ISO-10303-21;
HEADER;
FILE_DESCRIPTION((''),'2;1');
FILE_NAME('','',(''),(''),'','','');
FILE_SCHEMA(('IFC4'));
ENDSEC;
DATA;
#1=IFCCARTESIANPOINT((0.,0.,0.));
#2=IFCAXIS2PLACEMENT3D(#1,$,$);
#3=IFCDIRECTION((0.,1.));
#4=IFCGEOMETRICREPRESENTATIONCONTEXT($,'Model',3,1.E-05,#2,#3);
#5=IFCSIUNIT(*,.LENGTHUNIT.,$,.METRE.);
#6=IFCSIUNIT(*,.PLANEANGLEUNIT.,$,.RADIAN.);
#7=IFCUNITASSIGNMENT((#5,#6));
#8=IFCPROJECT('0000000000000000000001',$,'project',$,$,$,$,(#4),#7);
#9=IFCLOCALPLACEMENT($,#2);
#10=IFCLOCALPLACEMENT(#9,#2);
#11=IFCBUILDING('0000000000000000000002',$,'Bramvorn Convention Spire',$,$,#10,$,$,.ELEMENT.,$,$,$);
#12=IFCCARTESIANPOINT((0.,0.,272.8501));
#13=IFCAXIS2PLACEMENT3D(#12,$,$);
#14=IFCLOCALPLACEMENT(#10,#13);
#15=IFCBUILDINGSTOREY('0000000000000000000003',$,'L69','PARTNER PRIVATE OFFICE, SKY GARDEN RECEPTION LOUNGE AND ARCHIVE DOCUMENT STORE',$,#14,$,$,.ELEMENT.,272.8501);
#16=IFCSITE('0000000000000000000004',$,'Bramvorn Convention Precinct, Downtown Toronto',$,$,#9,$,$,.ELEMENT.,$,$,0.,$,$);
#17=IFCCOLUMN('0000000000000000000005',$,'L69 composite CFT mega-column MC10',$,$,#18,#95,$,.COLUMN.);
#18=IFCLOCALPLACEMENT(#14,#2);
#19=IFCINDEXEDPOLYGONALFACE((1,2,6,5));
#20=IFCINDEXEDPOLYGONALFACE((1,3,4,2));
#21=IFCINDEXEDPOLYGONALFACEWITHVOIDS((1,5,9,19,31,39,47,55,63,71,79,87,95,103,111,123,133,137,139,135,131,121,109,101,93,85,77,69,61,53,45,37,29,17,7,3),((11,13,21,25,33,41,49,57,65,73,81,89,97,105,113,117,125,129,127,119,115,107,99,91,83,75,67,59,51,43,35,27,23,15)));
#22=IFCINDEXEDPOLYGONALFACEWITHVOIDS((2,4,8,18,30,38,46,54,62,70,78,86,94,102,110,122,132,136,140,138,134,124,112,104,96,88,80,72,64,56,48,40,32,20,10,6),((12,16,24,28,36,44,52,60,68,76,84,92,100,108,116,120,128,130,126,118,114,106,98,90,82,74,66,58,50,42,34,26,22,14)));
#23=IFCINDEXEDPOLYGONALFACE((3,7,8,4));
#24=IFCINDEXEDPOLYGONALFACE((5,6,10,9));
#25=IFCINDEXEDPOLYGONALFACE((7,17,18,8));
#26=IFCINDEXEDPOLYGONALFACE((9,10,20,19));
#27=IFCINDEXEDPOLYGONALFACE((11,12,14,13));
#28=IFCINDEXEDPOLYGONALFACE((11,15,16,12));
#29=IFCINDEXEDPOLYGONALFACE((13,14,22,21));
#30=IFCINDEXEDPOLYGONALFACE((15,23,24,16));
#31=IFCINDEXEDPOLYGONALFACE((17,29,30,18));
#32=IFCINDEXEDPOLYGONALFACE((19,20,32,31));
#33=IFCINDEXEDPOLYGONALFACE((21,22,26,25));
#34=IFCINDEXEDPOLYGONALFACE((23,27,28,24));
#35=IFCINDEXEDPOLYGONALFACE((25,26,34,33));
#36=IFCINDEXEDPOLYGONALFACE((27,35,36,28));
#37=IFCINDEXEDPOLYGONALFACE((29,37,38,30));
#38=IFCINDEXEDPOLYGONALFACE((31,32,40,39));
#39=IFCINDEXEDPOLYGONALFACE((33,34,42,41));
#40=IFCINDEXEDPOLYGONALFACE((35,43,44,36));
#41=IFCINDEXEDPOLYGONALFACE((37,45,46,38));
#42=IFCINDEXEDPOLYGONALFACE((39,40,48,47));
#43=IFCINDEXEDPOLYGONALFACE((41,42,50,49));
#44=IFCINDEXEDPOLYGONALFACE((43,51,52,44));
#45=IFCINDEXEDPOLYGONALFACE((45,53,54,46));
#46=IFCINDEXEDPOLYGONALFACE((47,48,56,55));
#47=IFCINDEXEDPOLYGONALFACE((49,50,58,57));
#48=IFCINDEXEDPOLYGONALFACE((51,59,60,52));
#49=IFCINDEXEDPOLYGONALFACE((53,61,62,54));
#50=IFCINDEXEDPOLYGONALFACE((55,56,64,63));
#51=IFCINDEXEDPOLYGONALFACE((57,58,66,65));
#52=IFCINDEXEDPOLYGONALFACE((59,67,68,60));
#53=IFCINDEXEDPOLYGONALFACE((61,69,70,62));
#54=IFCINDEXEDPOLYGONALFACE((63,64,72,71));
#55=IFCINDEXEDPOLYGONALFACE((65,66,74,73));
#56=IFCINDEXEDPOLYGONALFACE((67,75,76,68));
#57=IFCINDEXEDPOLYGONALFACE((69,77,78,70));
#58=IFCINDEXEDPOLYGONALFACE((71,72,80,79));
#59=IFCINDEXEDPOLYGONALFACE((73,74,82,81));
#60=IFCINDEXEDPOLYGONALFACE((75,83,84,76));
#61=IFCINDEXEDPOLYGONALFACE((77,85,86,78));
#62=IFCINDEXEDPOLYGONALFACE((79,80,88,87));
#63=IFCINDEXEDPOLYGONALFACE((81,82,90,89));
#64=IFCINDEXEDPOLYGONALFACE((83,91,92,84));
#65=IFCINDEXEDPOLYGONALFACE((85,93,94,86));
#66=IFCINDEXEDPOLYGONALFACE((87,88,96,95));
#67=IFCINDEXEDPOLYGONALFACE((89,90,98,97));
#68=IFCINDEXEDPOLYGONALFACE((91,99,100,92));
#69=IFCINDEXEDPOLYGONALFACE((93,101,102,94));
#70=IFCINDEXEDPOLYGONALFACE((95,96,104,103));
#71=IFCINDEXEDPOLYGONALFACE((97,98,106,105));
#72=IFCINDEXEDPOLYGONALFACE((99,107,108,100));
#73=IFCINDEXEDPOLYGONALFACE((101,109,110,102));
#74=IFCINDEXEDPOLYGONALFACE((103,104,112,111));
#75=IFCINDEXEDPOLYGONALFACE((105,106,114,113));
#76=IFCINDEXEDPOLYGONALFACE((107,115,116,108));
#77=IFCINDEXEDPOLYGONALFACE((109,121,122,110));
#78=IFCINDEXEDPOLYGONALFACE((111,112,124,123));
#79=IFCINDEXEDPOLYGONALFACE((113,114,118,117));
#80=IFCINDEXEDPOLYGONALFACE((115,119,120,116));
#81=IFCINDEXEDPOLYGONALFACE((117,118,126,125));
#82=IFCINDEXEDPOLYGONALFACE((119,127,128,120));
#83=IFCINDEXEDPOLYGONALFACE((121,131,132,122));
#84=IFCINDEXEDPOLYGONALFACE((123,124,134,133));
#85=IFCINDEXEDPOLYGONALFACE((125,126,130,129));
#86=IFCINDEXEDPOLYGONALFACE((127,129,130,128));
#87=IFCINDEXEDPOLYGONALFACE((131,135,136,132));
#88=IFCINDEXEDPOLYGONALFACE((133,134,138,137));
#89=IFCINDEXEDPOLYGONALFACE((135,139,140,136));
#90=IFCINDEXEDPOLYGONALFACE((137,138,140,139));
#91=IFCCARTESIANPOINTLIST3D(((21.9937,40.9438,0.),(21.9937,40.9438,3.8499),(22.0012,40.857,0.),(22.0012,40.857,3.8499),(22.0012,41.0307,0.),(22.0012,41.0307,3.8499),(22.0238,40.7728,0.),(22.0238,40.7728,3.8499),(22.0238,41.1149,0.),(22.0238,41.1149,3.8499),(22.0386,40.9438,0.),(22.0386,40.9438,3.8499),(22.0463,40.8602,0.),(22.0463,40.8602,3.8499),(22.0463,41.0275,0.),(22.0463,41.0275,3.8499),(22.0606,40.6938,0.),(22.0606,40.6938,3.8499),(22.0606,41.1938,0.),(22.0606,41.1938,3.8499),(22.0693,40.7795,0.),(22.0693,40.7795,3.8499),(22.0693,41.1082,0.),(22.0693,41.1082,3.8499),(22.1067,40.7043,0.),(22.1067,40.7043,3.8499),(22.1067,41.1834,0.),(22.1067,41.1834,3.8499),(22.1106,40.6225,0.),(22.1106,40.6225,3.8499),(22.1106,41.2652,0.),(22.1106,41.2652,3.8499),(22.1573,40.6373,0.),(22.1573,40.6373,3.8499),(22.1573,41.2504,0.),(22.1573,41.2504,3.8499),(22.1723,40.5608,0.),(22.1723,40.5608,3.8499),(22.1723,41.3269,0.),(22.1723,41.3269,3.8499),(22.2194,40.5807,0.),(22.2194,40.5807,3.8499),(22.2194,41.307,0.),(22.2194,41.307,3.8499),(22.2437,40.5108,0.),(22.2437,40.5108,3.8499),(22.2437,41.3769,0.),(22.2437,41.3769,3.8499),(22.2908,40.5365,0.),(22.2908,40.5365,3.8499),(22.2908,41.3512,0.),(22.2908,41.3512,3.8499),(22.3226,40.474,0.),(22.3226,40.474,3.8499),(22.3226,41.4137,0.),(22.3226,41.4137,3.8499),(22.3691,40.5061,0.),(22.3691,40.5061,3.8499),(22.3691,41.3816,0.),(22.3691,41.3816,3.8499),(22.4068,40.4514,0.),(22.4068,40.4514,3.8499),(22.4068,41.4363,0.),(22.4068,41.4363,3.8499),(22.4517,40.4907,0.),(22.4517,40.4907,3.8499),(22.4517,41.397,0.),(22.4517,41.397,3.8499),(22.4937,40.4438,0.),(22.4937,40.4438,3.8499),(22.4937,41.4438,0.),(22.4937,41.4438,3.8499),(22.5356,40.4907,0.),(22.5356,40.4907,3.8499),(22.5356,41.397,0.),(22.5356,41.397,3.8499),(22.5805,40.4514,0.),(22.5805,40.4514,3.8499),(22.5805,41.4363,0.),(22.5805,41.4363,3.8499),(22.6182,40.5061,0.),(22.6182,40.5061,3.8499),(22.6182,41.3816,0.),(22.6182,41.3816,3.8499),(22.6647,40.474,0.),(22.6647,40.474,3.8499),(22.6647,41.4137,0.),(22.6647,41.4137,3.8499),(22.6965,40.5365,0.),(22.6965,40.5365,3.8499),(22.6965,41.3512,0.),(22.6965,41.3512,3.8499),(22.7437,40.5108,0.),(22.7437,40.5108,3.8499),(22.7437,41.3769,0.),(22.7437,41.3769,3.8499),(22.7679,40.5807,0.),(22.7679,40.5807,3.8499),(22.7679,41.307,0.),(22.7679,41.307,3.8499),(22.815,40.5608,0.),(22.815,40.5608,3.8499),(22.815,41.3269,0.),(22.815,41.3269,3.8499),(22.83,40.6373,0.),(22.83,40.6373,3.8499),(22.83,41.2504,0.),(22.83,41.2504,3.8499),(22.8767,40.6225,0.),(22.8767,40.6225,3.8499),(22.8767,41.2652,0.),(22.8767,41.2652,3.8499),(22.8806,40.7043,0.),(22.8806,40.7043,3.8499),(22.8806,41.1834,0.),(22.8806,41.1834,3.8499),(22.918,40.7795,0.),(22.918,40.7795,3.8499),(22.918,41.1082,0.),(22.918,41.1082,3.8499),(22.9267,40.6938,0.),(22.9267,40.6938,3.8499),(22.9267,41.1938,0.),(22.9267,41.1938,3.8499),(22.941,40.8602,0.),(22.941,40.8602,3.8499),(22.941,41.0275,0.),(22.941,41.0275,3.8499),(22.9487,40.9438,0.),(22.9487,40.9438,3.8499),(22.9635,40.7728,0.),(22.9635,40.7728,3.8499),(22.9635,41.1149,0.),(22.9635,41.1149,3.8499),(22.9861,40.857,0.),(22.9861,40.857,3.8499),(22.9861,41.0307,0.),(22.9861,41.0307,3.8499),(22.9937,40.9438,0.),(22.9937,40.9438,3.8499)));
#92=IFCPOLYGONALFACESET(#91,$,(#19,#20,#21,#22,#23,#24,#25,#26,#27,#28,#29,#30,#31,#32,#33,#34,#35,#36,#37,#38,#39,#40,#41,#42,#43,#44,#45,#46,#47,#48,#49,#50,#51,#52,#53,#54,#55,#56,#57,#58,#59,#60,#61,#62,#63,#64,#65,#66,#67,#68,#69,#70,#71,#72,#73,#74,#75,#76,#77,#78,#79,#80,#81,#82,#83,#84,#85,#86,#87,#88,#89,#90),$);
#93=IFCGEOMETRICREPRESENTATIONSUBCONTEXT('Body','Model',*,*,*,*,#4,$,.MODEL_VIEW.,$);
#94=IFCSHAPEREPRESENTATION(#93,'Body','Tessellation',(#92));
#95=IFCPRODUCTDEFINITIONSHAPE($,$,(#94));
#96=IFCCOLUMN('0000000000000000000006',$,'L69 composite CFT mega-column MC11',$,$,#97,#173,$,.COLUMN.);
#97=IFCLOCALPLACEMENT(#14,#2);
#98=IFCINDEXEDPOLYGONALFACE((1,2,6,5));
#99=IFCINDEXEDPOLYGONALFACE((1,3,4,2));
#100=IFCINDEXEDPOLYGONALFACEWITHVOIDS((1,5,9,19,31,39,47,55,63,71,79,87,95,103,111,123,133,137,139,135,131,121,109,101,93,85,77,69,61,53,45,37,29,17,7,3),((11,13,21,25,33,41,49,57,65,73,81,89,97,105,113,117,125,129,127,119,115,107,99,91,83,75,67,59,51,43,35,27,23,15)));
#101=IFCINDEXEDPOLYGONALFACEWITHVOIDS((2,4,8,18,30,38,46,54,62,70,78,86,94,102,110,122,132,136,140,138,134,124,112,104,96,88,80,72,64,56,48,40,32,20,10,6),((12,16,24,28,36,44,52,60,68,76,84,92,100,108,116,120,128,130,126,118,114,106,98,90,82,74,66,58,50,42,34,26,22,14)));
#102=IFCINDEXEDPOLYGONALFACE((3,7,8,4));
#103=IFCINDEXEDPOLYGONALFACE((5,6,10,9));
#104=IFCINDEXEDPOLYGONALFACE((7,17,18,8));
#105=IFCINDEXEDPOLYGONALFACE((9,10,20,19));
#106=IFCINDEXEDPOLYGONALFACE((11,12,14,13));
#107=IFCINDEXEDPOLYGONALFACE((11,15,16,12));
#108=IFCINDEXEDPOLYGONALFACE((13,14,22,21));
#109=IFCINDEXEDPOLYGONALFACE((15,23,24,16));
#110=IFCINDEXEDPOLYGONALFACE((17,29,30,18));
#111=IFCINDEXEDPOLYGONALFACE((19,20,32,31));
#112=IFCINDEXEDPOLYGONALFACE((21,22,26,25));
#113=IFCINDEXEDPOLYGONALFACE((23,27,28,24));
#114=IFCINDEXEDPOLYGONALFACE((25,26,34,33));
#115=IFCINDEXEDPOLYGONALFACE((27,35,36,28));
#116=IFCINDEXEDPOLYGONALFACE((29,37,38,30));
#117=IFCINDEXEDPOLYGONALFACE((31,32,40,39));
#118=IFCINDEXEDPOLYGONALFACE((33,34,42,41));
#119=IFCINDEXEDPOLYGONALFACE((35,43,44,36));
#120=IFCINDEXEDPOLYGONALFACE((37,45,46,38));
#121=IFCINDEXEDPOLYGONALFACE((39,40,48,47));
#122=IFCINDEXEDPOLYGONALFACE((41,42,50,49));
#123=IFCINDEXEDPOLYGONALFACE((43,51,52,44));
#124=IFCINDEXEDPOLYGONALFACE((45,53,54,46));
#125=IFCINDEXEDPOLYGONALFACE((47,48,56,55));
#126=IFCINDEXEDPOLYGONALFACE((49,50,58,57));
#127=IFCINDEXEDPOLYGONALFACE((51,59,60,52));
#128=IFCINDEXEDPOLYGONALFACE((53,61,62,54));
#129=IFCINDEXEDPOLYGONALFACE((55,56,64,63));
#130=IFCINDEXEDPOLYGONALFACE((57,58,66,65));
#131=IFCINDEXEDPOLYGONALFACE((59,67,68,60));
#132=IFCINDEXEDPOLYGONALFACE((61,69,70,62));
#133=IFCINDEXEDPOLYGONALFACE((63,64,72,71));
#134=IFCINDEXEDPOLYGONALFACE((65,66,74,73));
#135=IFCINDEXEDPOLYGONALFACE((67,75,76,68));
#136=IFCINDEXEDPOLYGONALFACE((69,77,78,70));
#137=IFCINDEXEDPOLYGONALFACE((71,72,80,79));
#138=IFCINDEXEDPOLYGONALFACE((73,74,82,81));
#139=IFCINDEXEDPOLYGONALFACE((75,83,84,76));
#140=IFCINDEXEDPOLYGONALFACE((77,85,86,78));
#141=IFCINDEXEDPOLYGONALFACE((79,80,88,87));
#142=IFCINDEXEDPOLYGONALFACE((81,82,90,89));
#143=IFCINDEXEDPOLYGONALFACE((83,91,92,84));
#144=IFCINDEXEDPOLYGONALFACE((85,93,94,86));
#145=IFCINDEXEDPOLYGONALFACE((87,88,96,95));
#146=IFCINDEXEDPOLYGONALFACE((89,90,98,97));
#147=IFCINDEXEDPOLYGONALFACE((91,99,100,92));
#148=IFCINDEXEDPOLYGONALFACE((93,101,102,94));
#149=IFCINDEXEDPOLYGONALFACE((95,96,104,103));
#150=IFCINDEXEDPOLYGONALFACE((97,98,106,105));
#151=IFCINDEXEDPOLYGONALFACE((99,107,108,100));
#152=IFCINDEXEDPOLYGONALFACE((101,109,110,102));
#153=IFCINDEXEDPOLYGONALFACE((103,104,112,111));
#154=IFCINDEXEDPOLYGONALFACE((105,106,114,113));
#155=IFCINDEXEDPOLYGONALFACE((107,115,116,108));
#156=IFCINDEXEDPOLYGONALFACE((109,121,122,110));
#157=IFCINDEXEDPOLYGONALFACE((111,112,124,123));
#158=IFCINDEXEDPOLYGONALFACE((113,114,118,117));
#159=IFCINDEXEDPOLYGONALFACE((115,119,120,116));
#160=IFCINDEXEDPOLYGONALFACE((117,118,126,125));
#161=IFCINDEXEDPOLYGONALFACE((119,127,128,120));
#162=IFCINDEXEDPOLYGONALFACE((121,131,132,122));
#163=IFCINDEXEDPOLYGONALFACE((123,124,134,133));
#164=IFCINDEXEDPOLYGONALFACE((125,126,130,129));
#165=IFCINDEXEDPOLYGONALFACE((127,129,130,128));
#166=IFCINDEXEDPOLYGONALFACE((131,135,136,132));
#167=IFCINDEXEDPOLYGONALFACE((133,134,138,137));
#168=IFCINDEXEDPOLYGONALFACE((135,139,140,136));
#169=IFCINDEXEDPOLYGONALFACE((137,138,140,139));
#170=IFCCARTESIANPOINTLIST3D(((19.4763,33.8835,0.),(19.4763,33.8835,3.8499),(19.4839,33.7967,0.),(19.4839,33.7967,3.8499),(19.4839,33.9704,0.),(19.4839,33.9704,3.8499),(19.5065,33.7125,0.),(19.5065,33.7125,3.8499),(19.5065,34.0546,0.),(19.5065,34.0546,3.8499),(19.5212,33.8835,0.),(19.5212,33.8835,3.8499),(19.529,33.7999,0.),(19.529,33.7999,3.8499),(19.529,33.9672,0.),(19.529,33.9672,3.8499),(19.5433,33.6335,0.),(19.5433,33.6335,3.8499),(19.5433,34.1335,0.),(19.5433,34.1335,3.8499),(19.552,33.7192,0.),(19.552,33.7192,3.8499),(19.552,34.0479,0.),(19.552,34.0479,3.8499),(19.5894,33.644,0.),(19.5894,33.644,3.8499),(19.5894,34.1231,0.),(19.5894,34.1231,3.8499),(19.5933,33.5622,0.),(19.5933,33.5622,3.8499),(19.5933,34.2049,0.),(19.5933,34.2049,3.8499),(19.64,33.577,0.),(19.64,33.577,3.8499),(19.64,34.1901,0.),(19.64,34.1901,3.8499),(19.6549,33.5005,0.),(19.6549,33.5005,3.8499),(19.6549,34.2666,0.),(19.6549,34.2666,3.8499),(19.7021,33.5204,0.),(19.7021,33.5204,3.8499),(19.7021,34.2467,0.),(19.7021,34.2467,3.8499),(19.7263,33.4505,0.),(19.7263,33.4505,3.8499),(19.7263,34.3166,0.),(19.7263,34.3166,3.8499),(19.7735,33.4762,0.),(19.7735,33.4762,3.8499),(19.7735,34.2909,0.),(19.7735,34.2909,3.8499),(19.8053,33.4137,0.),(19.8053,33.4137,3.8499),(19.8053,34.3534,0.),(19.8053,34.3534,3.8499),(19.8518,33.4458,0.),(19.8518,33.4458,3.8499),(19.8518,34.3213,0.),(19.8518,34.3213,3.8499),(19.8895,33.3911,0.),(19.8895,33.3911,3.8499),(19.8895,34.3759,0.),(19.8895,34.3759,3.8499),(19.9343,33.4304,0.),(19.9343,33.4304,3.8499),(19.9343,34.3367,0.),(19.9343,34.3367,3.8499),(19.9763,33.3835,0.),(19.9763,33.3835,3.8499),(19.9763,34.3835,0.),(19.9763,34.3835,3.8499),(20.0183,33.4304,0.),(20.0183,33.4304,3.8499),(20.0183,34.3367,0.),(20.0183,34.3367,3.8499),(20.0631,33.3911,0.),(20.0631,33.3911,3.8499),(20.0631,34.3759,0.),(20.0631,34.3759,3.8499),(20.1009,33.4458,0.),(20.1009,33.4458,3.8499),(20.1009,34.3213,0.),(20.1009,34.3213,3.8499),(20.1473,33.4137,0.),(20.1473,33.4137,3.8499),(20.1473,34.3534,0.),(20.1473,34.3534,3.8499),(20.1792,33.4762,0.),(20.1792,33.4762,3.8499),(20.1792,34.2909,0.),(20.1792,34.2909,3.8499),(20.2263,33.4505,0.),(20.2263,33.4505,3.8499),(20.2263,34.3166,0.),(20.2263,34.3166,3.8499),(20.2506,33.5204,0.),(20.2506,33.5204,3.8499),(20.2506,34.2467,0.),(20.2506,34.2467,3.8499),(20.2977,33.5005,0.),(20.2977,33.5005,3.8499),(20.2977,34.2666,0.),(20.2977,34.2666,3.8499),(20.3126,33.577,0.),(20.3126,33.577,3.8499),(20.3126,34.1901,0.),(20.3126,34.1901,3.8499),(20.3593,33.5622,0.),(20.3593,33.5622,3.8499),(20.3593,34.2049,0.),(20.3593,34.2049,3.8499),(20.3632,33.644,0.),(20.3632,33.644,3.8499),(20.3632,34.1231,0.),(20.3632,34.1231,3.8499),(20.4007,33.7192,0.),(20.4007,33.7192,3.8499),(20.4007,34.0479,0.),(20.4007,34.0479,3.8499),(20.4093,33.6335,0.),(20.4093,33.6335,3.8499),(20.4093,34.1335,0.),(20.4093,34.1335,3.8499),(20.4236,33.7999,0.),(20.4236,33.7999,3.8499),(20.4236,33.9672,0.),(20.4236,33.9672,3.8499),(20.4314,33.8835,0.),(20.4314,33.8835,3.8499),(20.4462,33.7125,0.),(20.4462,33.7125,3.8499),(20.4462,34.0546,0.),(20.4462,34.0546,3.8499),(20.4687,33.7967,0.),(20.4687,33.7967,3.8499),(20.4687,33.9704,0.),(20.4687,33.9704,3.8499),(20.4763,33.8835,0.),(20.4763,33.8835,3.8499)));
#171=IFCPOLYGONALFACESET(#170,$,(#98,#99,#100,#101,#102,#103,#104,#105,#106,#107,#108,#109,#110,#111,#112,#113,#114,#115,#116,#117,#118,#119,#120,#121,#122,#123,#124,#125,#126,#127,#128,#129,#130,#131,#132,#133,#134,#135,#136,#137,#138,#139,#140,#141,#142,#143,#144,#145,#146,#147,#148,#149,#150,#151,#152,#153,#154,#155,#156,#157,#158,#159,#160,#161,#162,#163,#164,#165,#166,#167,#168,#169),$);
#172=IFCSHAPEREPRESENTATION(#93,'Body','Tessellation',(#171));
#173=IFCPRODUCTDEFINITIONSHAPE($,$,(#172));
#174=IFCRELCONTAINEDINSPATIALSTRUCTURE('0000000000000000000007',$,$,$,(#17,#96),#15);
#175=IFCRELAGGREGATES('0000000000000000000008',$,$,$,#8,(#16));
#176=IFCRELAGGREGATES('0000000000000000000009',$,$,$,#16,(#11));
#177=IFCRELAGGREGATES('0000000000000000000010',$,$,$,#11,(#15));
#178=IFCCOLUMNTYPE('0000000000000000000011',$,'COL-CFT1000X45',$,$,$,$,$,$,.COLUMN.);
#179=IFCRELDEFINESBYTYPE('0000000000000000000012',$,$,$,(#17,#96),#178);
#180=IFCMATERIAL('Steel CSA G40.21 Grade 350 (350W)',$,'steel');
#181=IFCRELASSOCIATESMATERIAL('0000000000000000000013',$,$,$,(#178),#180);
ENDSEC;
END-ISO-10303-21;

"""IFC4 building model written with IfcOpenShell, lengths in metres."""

from ifc_helpers import new_model, si_unit, direction, frame, origin, origin_2d, place, context, subcontext, project, spatial, hollow_circle, extrude, material, material_profile, profile_set, type_object, element, save


model = new_model("IFC4")

# Units and contexts
model_context = context("Model", 3, precision=1e-05, world=origin(), true_north=direction((0.0, 1.0)))
body_context = subcontext(model_context, "Body", "Model", "MODEL_VIEW")
ifc_project = project(units=[si_unit("LENGTHUNIT", "METRE"), si_unit("PLANEANGLEUNIT", "RADIAN")], contexts=[model_context])

# Site, building, storey
site_placement = place(None, origin())
site = spatial("IfcSite", under=ifc_project, at=site_placement, Name="Bramvorn Convention Precinct, Downtown Toronto", CompositionType="ELEMENT", RefElevation=0.0)
building_placement = place(site_placement, origin())
building = spatial("IfcBuilding", under=site, at=building_placement, Name="Bramvorn Convention Spire", CompositionType="ELEMENT")
storey_placement = place(building_placement, frame((0.0, 0.0, 272.8501)))
storey = spatial("IfcBuildingStorey", under=building, at=storey_placement, Name="L69", Description="PARTNER PRIVATE OFFICE, SKY GARDEN RECEPTION LOUNGE AND ARCHIVE DOCUMENT STORE", CompositionType="ELEMENT", Elevation=272.8501)

# Columns
ifc_material_1 = material(Name="Steel CSA G40.21 Grade 350 (350W)", Category="steel")
ifc_material_profile_1 = material_profile(ifc_material_1, hollow_circle(Radius=0.5, WallThickness=0.0449, at=origin_2d()))
ifc_profile_set_1 = profile_set([ifc_material_profile_1], Name="Steel CSA G40.21 Grade 350 (350W) - CFT1000X45")
column_type = type_object("IfcColumnType", Name="COL-CFT1000X45", PredefinedType="COLUMN", material=ifc_profile_set_1)
for number, where, z_axis, x_axis, name in (
    (1, (22.4937, 40.9438, 0.0), (0.0, 0.0, 1.0), (1.0, 0.0, 0.0), "L69 composite CFT mega-column MC10"),
    (2, (19.9763, 33.8835, 0.0), (0.0, 0.0, 1.0), (1.0, 0.0, 0.0), "L69 composite CFT mega-column MC11"),
):
    element("IfcColumn", number, at=place(storey_placement, frame(where, z_axis=z_axis, x_axis=x_axis)), inside=storey, type_object=column_type, Name=name, PredefinedType="COLUMN", context=body_context, shape_type="SweptSolid", body=[
        extrude(hollow_circle(Radius=0.5, WallThickness=0.0449, at=origin_2d()), origin(), (0.0, 0.0, 1.0), 3.8499),
    ])

save(model, "model.ifc")
